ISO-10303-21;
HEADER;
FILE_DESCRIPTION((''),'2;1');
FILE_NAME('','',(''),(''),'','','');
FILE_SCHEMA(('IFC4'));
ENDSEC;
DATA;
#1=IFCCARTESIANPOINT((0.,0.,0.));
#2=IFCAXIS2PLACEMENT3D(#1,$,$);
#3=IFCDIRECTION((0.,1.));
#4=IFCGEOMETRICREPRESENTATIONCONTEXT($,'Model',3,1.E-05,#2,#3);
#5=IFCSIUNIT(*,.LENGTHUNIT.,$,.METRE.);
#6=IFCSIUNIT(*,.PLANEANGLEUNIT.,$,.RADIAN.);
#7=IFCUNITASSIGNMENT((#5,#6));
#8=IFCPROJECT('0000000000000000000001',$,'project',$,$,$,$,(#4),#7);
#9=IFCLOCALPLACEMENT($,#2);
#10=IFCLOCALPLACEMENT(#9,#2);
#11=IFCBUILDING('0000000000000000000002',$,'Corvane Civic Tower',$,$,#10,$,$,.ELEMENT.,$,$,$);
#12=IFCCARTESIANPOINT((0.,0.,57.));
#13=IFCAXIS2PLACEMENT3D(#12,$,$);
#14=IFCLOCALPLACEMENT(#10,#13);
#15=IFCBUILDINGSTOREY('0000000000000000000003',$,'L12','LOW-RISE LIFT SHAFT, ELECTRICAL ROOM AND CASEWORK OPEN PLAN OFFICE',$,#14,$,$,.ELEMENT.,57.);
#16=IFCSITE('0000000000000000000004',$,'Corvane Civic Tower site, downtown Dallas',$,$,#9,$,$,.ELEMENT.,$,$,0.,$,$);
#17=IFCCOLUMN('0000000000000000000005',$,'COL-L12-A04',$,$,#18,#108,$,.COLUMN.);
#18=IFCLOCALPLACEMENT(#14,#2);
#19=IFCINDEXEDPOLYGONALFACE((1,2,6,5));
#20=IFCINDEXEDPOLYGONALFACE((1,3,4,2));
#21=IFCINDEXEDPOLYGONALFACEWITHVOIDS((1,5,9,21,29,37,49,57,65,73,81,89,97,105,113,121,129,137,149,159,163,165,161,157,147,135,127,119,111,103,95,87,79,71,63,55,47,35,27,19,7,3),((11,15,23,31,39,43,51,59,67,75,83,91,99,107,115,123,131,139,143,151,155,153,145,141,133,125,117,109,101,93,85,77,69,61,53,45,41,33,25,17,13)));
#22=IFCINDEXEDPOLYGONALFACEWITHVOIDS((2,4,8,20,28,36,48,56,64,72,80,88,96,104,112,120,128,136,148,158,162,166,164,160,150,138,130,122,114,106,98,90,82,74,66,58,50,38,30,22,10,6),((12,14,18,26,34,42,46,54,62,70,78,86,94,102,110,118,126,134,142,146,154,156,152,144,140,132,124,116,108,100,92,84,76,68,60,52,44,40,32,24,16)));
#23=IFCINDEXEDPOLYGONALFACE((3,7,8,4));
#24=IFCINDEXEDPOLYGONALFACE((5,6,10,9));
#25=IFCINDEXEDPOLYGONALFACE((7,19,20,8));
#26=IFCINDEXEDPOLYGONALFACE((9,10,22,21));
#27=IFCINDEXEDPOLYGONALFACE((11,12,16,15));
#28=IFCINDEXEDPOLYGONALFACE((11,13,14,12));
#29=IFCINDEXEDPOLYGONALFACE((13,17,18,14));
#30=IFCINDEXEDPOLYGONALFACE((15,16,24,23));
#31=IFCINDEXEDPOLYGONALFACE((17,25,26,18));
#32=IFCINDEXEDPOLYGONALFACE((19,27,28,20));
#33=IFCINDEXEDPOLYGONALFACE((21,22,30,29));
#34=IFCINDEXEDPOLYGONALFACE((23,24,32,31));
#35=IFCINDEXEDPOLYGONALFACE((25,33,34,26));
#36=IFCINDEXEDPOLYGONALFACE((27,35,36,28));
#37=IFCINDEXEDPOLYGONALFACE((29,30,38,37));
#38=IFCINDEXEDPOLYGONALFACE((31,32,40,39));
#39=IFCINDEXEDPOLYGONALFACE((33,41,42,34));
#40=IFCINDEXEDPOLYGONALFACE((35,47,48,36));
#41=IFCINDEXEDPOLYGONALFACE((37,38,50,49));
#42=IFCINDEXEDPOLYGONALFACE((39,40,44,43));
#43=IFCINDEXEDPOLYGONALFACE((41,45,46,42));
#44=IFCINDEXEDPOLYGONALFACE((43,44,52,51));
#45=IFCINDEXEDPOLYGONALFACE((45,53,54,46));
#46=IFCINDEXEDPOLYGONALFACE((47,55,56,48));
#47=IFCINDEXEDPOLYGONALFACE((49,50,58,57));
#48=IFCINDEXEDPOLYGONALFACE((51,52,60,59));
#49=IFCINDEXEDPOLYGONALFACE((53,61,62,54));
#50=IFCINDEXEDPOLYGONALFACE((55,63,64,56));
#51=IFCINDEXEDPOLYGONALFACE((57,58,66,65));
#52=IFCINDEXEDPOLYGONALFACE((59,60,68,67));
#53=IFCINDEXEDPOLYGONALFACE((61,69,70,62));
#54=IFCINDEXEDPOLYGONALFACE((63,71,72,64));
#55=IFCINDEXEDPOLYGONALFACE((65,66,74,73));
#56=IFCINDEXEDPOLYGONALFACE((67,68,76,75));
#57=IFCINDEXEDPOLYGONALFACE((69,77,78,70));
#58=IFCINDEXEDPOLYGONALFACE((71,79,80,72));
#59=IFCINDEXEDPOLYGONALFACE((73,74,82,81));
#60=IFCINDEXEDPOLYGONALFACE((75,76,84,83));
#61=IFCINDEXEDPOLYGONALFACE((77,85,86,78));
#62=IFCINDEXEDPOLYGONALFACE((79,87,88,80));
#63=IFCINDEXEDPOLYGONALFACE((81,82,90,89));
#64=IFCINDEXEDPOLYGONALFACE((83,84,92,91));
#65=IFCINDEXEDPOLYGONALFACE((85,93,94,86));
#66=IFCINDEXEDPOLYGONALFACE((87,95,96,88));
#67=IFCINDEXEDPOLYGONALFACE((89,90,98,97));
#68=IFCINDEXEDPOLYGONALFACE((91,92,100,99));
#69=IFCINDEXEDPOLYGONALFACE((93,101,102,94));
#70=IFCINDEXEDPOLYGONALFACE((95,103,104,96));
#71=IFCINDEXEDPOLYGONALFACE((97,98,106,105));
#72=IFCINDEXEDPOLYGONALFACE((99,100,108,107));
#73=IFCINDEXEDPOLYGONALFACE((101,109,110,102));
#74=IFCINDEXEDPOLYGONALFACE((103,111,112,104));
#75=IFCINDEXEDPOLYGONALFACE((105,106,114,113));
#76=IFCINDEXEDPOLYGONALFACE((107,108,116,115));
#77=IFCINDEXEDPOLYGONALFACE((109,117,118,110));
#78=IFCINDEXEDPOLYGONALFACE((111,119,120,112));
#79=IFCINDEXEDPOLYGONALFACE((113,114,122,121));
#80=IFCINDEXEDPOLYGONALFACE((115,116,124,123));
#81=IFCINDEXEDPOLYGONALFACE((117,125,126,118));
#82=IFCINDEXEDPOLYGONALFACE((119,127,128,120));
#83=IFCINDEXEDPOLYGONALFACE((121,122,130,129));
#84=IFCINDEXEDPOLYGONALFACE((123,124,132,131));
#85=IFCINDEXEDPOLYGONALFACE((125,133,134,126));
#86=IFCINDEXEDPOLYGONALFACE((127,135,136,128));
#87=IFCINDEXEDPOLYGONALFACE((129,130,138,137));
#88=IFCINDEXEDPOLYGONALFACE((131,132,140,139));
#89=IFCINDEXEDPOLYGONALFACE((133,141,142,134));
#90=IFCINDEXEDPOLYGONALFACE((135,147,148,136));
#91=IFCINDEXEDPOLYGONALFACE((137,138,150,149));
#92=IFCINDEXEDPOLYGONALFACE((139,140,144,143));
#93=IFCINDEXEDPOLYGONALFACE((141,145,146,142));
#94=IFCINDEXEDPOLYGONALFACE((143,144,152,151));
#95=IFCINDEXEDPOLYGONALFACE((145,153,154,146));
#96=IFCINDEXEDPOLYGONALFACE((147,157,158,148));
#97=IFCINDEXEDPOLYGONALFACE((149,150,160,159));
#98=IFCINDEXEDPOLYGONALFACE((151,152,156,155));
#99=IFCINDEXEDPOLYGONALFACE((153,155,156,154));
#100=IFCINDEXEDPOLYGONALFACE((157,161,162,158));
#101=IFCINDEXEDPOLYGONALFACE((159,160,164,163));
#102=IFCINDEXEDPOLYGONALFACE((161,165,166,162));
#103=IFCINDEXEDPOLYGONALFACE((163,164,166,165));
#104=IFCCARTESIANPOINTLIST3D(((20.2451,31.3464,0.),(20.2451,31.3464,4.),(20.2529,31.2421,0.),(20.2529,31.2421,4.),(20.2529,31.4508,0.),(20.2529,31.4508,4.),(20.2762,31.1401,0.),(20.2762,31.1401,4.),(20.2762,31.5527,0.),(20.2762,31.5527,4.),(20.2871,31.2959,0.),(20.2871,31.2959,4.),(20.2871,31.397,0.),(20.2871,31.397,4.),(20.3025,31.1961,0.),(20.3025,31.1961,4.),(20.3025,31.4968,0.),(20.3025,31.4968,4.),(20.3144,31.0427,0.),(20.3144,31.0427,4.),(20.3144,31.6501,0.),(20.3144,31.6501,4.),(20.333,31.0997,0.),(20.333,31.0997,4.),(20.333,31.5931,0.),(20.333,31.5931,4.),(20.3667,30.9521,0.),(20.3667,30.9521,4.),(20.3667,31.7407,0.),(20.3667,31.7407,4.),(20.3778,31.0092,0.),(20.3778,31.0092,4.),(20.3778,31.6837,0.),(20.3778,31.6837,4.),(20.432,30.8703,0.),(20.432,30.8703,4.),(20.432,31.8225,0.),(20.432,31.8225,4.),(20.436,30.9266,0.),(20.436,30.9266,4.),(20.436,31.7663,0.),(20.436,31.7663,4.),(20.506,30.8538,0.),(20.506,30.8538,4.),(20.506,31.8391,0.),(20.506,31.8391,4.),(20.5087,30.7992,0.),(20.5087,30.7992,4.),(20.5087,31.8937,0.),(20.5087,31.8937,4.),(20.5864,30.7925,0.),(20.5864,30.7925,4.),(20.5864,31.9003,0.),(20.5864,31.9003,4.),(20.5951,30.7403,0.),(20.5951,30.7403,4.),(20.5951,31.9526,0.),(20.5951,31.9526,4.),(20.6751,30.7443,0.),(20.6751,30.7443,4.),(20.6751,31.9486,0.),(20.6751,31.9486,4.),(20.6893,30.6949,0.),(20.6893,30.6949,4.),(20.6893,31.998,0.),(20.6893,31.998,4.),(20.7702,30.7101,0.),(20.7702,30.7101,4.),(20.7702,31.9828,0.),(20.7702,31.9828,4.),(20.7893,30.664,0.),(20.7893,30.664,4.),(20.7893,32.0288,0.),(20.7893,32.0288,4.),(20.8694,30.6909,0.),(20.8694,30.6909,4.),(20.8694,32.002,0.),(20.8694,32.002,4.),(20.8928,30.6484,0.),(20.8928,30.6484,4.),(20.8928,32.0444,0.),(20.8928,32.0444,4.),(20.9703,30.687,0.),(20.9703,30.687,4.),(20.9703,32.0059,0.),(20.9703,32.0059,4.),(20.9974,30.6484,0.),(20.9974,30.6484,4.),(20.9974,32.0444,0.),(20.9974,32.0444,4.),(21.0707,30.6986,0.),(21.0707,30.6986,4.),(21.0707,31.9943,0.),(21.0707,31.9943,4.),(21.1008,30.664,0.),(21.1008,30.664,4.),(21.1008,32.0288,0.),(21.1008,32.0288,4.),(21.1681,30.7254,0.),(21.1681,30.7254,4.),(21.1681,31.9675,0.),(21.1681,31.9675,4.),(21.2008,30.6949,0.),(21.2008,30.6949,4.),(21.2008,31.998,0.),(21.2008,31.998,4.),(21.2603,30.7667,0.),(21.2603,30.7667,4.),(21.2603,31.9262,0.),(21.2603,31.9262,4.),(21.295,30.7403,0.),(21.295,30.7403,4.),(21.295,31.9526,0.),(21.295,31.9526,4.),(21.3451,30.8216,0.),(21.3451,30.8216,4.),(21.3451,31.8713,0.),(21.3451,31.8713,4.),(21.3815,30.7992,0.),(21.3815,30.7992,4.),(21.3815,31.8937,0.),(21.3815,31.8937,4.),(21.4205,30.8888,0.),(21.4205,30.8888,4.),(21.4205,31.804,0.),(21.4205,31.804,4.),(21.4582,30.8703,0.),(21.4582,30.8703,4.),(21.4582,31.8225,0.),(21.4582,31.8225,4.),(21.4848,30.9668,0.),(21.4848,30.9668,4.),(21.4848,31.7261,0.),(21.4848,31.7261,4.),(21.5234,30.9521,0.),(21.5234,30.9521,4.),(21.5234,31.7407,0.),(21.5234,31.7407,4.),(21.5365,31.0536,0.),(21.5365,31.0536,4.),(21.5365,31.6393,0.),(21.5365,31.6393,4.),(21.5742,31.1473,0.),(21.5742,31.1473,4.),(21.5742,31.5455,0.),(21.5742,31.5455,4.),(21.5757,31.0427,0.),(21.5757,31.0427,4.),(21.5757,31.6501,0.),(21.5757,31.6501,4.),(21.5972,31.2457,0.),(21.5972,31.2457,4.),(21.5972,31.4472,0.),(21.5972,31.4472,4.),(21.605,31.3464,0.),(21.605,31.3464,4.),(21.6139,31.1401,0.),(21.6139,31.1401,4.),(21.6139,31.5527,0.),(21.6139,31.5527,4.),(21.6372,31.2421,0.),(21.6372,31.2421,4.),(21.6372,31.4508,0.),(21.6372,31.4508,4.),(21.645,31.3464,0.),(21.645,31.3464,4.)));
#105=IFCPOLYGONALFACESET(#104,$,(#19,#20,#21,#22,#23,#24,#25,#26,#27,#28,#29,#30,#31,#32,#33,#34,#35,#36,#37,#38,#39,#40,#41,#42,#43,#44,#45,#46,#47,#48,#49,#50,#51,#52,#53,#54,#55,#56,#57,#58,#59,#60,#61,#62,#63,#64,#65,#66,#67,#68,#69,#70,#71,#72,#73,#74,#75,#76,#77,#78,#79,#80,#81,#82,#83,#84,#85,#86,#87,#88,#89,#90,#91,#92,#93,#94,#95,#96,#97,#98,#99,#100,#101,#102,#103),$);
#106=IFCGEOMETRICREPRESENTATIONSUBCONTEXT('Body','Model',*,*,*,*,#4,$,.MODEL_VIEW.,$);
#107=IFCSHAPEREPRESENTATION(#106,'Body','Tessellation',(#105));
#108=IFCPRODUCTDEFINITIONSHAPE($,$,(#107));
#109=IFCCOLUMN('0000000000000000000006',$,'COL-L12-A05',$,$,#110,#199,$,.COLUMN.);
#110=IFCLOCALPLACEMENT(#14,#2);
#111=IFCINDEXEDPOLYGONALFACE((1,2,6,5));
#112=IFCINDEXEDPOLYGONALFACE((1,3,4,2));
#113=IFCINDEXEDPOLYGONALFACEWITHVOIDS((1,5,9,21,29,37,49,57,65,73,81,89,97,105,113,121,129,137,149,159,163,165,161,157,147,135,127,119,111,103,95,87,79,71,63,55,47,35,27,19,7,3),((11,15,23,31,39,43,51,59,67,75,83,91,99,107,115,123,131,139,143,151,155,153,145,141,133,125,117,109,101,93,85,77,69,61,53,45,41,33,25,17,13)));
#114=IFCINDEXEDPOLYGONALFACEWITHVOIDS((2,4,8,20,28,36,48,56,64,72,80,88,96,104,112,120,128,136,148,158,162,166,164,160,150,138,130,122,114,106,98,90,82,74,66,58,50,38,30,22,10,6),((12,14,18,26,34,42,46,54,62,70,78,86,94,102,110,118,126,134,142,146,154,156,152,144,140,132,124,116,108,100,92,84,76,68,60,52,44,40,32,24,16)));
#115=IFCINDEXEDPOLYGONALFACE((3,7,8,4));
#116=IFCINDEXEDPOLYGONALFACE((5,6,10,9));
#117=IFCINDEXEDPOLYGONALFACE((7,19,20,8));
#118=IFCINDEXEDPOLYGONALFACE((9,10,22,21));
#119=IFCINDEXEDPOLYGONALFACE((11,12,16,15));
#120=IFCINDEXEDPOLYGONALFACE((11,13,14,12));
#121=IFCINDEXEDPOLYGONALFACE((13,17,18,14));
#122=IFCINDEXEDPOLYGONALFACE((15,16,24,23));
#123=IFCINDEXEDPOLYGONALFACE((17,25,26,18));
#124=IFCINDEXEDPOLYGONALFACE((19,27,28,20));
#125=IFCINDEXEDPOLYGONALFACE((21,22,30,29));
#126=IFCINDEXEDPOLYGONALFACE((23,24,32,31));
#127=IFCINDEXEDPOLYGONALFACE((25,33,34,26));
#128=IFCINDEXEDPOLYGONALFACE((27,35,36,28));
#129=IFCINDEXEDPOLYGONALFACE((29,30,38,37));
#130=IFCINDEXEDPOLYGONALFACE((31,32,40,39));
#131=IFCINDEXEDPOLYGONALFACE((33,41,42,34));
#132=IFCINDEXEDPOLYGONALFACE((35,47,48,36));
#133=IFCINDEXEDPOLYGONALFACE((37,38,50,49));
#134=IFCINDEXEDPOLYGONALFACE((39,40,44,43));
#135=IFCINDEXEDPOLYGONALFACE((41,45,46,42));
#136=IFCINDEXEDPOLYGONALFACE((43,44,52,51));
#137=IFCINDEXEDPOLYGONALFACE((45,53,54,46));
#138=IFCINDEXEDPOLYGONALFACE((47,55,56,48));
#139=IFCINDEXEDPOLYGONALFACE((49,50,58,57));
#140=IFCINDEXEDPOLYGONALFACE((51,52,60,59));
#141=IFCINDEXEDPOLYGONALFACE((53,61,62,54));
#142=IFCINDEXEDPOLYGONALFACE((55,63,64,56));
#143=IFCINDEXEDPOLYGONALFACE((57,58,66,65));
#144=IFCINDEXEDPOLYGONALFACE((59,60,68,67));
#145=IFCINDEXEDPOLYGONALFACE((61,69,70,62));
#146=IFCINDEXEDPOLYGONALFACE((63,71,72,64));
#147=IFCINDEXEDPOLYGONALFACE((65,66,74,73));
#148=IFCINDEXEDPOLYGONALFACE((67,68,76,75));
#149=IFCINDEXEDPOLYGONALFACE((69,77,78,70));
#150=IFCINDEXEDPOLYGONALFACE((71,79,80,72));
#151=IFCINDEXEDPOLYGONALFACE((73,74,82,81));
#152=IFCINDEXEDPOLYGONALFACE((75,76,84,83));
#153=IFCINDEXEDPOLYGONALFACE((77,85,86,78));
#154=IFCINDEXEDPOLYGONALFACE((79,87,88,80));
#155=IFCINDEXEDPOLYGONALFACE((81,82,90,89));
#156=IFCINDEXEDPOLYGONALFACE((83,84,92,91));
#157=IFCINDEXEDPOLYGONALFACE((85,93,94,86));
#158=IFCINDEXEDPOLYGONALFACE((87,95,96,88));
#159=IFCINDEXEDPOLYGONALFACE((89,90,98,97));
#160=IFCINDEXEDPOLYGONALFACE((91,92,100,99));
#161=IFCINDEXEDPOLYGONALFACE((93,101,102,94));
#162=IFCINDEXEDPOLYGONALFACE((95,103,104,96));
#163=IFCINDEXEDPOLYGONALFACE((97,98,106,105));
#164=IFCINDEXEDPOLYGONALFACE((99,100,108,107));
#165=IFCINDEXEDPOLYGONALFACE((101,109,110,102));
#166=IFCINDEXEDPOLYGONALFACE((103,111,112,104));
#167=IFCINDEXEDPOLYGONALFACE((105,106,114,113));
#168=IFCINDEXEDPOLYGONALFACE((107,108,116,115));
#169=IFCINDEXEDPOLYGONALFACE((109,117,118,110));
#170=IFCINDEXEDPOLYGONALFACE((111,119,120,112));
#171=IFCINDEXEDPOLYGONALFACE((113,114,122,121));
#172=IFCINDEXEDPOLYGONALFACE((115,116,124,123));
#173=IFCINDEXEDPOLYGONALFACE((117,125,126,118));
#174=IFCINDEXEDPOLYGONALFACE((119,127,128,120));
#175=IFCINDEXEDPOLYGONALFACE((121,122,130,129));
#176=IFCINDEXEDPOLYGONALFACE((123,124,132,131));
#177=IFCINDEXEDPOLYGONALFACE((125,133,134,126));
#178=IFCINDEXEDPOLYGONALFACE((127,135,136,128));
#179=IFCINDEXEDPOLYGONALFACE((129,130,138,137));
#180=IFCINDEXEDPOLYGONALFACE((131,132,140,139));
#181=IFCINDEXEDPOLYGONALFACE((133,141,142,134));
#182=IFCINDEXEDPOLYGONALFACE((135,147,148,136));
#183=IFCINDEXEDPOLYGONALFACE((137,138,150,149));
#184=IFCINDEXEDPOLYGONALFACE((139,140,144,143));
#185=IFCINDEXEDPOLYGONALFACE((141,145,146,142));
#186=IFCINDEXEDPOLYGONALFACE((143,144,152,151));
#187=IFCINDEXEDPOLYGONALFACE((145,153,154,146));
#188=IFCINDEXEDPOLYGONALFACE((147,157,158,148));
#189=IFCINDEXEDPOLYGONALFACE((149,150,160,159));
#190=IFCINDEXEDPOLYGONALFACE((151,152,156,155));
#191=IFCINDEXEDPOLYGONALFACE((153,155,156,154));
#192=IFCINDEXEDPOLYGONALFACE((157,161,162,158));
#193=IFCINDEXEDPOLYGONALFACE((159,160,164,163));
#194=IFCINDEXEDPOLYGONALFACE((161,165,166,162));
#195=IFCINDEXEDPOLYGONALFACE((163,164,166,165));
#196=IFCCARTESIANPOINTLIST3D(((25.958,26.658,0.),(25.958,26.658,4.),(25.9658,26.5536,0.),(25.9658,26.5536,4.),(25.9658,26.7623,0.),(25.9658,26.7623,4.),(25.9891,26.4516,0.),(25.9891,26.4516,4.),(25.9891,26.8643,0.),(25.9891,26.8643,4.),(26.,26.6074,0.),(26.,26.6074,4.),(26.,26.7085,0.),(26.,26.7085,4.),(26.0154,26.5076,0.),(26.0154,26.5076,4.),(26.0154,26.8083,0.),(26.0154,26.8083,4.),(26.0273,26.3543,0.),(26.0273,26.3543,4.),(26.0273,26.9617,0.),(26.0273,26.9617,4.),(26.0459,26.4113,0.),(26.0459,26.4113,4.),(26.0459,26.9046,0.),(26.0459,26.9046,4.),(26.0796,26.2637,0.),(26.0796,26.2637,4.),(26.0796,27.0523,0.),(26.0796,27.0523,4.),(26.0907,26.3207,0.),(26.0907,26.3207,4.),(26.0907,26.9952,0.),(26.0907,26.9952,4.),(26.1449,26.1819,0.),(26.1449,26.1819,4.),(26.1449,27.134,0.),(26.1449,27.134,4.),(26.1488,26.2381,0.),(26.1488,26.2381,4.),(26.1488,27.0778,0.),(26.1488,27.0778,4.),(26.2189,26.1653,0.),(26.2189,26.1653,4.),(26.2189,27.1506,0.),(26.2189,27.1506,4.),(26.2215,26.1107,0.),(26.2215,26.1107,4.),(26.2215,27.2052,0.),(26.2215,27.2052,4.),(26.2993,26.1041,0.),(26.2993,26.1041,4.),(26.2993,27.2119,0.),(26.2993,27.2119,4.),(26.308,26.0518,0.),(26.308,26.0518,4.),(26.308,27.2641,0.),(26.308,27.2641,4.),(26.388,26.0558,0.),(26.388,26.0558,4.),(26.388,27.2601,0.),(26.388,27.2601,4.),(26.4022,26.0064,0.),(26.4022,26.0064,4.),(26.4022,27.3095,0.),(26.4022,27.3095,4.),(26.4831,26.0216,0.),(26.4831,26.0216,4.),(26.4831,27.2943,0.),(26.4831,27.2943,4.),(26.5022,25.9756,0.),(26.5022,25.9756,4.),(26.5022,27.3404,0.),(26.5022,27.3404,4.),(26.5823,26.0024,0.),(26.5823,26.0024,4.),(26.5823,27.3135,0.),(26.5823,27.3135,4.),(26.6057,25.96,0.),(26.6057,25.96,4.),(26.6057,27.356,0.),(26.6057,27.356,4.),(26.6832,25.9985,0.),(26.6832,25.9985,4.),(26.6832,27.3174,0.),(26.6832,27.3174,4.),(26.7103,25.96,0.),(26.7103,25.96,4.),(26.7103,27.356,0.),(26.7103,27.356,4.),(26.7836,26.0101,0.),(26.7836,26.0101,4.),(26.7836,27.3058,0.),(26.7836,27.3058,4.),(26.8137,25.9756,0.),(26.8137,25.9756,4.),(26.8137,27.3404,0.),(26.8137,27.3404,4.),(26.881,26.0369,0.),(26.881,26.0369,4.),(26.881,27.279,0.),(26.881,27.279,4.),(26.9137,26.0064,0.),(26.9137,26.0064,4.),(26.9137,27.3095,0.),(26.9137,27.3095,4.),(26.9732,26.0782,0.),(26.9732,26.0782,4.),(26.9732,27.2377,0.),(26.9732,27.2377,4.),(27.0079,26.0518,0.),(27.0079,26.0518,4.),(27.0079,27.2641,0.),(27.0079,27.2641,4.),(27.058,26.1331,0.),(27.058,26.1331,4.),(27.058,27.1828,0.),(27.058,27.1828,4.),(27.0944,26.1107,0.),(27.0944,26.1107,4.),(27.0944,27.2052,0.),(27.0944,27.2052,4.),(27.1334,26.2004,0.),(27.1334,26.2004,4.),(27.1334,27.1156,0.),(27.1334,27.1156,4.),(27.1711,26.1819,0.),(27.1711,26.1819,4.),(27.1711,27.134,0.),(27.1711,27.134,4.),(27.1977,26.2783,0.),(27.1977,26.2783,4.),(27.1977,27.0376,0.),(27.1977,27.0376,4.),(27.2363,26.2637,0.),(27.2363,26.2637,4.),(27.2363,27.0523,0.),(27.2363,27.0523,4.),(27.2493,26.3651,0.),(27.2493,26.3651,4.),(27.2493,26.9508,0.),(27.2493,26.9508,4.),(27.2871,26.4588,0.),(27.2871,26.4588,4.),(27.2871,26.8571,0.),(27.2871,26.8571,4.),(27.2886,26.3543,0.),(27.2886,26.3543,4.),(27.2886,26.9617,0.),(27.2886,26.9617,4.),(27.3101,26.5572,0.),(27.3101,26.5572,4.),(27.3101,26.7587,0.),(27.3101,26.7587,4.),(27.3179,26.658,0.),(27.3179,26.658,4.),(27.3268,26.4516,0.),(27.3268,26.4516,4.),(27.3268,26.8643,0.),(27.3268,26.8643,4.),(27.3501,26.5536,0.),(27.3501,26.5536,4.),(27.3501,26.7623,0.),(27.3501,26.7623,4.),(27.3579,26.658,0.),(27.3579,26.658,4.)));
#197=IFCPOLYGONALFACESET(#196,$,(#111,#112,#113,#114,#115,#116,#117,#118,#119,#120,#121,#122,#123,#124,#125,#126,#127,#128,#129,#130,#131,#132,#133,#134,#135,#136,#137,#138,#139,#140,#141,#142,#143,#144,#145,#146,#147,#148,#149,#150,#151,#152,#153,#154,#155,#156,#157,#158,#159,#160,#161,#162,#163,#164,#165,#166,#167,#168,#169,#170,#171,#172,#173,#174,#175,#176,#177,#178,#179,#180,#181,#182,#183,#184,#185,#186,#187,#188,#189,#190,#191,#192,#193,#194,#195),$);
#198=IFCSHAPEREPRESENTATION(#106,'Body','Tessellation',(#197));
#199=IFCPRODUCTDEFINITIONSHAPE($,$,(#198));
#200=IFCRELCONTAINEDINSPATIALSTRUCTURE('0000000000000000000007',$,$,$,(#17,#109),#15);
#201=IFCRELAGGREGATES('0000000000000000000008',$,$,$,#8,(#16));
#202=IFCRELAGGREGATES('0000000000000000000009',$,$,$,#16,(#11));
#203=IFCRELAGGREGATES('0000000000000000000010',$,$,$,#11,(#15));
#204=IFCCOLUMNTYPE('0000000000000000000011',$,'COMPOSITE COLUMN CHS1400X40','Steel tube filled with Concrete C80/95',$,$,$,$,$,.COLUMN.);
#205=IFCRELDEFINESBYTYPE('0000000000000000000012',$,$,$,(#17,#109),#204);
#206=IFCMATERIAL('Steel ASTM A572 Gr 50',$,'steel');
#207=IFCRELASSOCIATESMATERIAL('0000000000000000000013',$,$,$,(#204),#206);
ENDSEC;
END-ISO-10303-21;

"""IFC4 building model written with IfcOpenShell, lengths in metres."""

from ifc_helpers import new_model, si_unit, direction, frame, origin, origin_2d, place, context, subcontext, project, spatial, hollow_circle, extrude, material, material_profile, profile_set, type_object, element, save


model = new_model("IFC4")

# Units and contexts
model_context = context("Model", 3, precision=1e-05, world=origin(), true_north=direction((0.0, 1.0)))
body_context = subcontext(model_context, "Body", "Model", "MODEL_VIEW")
ifc_project = project(units=[si_unit("LENGTHUNIT", "METRE"), si_unit("PLANEANGLEUNIT", "RADIAN")], contexts=[model_context])

# Site, building, storey
site_placement = place(None, origin())
site = spatial("IfcSite", under=ifc_project, at=site_placement, Name="Corvane Civic Tower site, downtown Dallas", CompositionType="ELEMENT", RefElevation=0.0)
building_placement = place(site_placement, origin())
building = spatial("IfcBuilding", under=site, at=building_placement, Name="Corvane Civic Tower", CompositionType="ELEMENT")
storey_placement = place(building_placement, frame((0.0, 0.0, 57.0)))
storey = spatial("IfcBuildingStorey", under=building, at=storey_placement, Name="L12", Description="LOW-RISE LIFT SHAFT, ELECTRICAL ROOM AND CASEWORK OPEN PLAN OFFICE", CompositionType="ELEMENT", Elevation=57.0)

# Columns
ifc_material_1 = material(Name="Steel ASTM A572 Gr 50", Category="steel")
ifc_material_profile_1 = material_profile(ifc_material_1, hollow_circle(Radius=0.7, WallThickness=0.04, at=origin_2d()), Name="CHS1400X40")
ifc_profile_set_1 = profile_set([ifc_material_profile_1], Name="Steel ASTM A572 Gr 50")
column_type = type_object("IfcColumnType", Name="COMPOSITE COLUMN CHS1400X40", Description="Steel tube filled with Concrete C80/95", PredefinedType="COLUMN", material=ifc_profile_set_1)
for number, where, z_axis, x_axis, name in (
    (1, (20.9451, 31.3464, 0.0), (0.0, 0.0, 1.0), (1.0, 0.0, 0.0), "COL-L12-A04"),
    (2, (26.658, 26.658, 0.0), (0.0, 0.0, 1.0), (1.0, 0.0, 0.0), "COL-L12-A05"),
):
    element("IfcColumn", number, at=place(storey_placement, frame(where, z_axis=z_axis, x_axis=x_axis)), inside=storey, type_object=column_type, Name=name, PredefinedType="COLUMN", context=body_context, shape_type="SweptSolid", body=[
        extrude(hollow_circle(Radius=0.7, WallThickness=0.04, at=origin_2d()), origin(), (0.0, 0.0, 1.0), 4.0),
    ])

save(model, "model.ifc")
